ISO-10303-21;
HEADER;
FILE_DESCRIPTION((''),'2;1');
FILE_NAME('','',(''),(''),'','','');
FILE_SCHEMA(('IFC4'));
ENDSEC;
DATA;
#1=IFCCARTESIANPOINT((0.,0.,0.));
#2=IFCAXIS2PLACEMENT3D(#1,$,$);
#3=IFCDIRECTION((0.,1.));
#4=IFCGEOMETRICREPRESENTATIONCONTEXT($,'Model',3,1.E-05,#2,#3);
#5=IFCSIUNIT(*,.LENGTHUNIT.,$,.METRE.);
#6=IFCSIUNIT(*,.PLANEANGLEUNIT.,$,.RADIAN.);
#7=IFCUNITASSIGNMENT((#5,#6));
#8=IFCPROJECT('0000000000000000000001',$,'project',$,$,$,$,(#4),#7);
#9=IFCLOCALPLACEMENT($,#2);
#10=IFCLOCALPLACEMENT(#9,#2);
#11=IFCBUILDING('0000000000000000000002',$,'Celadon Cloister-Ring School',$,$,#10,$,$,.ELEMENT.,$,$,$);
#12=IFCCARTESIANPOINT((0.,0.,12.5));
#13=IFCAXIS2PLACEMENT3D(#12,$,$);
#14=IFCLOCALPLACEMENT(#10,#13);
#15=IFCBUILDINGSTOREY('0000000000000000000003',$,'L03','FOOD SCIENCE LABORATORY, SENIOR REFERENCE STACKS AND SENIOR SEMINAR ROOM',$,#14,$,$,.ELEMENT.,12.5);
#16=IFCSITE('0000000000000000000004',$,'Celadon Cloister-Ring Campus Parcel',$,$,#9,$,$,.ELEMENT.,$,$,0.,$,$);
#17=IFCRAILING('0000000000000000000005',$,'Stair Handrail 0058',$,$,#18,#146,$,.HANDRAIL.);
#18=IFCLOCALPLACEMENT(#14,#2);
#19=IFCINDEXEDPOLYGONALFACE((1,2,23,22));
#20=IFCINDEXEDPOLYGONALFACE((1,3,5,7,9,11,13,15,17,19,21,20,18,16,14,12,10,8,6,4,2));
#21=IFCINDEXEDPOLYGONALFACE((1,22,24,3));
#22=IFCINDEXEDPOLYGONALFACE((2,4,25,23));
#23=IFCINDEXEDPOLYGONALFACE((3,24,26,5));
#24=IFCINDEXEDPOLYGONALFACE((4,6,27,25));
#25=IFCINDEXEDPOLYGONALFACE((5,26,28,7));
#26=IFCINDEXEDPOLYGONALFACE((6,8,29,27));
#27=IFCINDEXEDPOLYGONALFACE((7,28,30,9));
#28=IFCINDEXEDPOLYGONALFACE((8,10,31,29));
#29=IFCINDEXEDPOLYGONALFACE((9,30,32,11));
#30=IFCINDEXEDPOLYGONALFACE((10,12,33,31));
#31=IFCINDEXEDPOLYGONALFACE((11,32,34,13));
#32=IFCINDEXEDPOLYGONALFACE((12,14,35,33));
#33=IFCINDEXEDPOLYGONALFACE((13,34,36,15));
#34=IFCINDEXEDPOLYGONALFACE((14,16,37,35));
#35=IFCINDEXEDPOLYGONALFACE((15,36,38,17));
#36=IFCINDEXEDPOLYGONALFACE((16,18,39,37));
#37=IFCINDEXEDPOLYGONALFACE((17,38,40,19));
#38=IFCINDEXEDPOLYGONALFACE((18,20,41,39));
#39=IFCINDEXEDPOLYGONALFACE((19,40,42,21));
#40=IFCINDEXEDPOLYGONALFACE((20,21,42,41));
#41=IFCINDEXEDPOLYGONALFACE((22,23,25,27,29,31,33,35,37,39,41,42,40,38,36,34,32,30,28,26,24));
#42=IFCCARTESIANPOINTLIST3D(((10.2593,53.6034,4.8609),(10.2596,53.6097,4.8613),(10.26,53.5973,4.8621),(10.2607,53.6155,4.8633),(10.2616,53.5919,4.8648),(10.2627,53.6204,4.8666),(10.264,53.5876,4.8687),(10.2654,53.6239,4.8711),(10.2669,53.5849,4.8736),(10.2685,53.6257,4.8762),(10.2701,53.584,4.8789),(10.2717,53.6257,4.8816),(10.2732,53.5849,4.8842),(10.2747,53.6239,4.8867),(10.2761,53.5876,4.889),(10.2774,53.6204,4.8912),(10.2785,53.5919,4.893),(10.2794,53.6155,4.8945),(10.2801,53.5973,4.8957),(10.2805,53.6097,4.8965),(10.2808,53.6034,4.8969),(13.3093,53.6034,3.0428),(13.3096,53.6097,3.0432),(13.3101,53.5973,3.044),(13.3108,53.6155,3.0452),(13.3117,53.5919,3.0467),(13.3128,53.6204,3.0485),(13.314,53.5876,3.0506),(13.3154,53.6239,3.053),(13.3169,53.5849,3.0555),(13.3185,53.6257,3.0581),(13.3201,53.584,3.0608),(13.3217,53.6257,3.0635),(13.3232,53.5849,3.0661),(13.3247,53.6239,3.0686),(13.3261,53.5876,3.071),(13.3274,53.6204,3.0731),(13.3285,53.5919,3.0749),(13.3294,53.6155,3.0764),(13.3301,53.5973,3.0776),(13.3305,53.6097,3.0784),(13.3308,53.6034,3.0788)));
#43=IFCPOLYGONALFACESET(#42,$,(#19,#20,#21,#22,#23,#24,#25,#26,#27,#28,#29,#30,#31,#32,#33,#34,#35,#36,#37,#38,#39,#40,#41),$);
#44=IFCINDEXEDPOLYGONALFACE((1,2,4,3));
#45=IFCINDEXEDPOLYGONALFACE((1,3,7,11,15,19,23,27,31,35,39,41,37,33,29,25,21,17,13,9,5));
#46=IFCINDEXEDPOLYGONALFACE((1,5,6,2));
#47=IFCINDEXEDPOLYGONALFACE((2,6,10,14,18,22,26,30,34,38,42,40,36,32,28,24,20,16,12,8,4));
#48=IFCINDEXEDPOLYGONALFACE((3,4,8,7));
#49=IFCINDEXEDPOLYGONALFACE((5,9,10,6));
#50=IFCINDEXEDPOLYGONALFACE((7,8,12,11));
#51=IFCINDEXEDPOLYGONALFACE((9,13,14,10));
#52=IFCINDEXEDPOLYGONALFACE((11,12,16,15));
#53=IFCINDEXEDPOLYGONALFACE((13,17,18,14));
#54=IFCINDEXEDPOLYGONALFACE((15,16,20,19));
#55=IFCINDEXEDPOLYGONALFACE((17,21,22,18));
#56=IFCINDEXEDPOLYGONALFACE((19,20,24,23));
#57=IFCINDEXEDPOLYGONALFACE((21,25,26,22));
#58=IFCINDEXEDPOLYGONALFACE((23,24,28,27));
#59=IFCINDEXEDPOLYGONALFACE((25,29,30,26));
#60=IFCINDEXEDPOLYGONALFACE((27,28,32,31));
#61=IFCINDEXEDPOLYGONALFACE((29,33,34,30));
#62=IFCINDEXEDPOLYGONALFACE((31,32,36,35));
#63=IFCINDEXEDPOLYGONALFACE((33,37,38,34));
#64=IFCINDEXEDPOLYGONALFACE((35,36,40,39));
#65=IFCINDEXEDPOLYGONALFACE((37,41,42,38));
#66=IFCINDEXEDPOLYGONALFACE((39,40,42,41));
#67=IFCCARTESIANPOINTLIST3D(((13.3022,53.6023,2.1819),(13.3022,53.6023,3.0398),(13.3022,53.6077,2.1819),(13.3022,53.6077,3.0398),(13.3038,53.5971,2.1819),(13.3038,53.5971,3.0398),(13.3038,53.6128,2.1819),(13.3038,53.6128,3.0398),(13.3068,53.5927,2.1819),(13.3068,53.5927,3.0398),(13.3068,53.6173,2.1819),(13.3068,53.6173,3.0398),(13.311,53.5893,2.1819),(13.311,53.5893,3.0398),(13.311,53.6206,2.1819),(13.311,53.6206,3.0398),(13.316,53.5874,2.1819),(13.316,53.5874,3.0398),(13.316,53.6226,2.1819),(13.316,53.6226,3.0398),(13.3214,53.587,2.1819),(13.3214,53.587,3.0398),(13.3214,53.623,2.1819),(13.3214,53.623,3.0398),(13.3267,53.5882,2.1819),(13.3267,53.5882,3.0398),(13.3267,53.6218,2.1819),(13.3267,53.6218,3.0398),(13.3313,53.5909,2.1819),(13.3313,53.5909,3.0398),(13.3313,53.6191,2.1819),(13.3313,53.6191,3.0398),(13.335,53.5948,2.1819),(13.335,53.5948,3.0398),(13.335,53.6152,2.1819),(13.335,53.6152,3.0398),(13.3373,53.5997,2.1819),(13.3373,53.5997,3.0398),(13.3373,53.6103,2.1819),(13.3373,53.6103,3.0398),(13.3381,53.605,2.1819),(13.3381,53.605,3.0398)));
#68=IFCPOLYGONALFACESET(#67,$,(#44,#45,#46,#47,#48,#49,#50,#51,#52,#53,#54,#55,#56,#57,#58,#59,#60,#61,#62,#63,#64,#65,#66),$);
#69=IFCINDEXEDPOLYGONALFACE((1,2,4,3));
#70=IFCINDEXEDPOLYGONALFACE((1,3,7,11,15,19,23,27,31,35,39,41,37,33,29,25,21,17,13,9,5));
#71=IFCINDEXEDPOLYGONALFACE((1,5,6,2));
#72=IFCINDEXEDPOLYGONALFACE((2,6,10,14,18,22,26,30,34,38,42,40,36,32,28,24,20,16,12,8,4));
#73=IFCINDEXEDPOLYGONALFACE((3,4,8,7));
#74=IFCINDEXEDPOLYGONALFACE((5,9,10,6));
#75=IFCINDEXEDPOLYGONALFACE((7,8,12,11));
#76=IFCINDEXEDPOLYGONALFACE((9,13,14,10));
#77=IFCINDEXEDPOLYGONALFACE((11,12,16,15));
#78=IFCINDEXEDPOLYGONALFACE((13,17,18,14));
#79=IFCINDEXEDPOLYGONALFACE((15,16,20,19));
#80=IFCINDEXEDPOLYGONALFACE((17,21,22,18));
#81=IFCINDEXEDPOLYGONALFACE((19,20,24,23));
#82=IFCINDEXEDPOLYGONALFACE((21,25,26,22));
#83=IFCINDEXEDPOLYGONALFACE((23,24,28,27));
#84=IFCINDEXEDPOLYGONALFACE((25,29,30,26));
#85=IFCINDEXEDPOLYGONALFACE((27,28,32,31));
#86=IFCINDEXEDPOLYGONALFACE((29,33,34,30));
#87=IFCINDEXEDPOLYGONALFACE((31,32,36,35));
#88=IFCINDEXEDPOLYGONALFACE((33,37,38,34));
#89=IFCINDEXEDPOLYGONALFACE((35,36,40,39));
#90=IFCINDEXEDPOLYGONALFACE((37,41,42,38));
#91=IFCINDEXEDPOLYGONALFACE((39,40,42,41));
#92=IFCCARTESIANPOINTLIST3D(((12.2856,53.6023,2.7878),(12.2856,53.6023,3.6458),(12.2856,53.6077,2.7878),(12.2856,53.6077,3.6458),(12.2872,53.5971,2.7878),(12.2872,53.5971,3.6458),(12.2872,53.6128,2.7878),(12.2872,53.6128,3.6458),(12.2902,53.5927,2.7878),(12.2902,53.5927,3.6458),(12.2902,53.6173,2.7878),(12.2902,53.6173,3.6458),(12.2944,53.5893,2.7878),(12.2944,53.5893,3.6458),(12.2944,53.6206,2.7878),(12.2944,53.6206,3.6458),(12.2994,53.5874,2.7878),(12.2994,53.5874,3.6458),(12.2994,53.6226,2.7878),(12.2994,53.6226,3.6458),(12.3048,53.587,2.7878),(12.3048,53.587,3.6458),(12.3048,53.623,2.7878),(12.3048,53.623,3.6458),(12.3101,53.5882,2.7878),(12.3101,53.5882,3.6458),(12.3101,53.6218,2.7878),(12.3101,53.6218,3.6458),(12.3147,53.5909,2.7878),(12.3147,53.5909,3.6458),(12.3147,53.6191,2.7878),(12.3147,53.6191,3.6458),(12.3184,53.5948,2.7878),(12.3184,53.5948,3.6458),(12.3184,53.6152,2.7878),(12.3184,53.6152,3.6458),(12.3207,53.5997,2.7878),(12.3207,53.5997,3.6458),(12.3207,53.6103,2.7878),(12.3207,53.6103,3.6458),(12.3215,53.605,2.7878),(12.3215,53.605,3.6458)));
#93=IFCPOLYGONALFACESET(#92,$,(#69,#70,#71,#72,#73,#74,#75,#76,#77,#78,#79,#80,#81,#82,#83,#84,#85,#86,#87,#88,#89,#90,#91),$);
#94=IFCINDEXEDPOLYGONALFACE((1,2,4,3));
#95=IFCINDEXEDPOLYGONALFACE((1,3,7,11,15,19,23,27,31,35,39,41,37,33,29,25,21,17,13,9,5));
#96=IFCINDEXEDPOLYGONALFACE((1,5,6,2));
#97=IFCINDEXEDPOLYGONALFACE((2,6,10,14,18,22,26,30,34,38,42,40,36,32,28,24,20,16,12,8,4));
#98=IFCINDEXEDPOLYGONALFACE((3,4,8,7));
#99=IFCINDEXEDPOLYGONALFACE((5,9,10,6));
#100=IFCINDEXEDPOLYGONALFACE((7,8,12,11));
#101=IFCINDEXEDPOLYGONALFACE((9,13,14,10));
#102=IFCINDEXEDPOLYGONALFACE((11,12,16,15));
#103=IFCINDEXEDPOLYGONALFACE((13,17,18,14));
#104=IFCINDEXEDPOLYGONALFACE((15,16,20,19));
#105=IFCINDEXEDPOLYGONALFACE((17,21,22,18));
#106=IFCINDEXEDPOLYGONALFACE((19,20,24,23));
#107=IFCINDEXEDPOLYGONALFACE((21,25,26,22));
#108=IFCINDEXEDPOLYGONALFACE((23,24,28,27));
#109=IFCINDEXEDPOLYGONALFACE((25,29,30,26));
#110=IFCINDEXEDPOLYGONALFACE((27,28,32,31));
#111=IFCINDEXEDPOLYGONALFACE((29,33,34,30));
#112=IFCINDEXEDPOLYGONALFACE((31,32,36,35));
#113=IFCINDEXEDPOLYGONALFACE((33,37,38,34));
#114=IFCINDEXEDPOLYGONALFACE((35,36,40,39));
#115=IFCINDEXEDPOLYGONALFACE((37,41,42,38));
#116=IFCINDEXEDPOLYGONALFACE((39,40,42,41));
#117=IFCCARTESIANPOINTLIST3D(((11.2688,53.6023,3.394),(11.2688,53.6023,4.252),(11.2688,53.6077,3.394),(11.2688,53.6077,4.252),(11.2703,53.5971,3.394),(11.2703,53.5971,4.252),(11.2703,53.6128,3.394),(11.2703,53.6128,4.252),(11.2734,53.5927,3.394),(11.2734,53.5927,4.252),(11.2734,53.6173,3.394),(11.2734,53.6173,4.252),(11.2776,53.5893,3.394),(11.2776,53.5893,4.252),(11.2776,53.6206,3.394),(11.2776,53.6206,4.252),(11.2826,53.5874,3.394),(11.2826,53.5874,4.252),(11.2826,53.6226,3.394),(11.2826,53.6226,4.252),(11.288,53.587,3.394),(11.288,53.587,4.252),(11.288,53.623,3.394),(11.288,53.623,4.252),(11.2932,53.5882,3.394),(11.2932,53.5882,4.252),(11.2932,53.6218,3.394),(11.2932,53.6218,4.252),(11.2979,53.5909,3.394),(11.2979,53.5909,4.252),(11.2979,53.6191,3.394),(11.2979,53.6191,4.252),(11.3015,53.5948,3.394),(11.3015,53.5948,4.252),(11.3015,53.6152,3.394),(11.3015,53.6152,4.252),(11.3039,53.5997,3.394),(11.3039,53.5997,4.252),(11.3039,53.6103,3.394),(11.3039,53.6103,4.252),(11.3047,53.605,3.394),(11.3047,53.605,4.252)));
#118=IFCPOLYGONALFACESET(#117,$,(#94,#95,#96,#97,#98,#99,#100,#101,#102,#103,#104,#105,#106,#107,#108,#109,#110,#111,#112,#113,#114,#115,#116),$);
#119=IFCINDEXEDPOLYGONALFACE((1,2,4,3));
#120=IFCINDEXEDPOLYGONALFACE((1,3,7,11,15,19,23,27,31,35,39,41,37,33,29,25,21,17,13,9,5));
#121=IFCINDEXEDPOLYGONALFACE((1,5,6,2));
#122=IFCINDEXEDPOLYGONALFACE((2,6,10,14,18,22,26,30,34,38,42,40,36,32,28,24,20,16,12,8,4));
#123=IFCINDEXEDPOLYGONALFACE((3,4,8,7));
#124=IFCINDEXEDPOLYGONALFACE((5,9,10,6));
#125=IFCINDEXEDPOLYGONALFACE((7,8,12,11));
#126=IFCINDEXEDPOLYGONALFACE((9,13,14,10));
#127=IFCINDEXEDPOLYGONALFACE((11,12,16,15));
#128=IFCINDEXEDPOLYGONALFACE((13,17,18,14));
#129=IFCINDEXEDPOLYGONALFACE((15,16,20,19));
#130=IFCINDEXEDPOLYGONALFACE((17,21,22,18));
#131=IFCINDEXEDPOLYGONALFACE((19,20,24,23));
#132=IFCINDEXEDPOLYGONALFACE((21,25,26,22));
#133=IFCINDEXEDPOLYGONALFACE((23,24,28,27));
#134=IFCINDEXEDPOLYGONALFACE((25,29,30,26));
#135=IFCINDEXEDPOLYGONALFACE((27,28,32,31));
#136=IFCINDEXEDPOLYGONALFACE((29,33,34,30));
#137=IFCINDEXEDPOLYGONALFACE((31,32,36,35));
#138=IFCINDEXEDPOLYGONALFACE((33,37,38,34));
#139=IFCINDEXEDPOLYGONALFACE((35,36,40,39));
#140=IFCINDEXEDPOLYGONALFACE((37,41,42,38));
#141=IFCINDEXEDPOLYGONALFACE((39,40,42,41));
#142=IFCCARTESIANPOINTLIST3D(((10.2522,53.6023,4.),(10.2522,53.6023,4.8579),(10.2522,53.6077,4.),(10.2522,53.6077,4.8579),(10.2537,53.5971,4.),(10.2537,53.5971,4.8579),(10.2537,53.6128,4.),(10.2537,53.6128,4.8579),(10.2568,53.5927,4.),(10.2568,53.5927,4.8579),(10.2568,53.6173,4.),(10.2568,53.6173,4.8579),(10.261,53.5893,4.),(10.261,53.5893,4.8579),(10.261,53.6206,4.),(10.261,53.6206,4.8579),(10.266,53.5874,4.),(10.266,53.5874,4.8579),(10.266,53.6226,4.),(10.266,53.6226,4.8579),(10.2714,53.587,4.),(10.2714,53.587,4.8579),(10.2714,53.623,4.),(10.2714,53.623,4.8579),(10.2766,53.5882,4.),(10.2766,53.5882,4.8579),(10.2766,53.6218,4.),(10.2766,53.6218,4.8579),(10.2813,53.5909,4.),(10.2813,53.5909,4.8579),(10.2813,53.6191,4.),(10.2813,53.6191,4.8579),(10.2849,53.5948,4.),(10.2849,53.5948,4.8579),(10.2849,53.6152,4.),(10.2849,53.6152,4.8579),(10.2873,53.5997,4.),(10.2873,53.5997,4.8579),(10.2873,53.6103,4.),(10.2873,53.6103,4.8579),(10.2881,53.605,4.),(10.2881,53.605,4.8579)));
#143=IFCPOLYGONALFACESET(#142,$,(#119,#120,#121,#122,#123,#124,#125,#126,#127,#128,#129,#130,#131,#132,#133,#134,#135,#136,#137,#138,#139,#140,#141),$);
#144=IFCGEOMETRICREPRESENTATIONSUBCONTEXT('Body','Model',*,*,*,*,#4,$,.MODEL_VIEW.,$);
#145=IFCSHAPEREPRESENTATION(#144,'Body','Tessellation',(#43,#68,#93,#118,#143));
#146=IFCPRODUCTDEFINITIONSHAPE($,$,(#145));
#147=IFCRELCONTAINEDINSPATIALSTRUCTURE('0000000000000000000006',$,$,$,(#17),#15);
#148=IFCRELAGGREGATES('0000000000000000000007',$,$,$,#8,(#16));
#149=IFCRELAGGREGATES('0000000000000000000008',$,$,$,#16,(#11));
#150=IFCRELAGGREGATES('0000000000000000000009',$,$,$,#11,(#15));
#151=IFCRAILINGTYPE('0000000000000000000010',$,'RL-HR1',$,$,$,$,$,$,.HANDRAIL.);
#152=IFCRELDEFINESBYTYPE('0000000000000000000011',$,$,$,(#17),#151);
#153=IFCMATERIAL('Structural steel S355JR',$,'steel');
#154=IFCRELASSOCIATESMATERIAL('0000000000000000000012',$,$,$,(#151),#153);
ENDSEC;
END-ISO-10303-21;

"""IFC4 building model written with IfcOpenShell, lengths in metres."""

from ifc_helpers import new_model, si_unit, direction, frame, origin, origin_2d, place, context, subcontext, project, spatial, circle, extrude, material, type_object, element, save


model = new_model("IFC4")

# Units and contexts
model_context = context("Model", 3, precision=1e-05, world=origin(), true_north=direction((0.0, 1.0)))
body_context = subcontext(model_context, "Body", "Model", "MODEL_VIEW")
ifc_project = project(units=[si_unit("LENGTHUNIT", "METRE"), si_unit("PLANEANGLEUNIT", "RADIAN")], contexts=[model_context])

# Site, building, storey
site_placement = place(None, origin())
site = spatial("IfcSite", under=ifc_project, at=site_placement, Name="Celadon Cloister-Ring Campus Parcel", CompositionType="ELEMENT", RefElevation=0.0)
building_placement = place(site_placement, origin())
building = spatial("IfcBuilding", under=site, at=building_placement, Name="Celadon Cloister-Ring School", CompositionType="ELEMENT")
storey_placement = place(building_placement, frame((0.0, 0.0, 12.5)))
storey = spatial("IfcBuildingStorey", under=building, at=storey_placement, Name="L03", Description="FOOD SCIENCE LABORATORY, SENIOR REFERENCE STACKS AND SENIOR SEMINAR ROOM", CompositionType="ELEMENT", Elevation=12.5)

# Railing
ifc_material_1 = material(Name="Structural steel S355JR", Category="steel")
railing_type_1 = type_object("IfcRailingType", Name="RL-HR1", PredefinedType="HANDRAIL", material=ifc_material_1)
for number, where, name in (
    (1, (13.3201, 53.605, 2.1819), "Stair Handrail 0058"),
):
    element("IfcRailing", number, at=place(storey_placement, frame(where)), inside=storey, type_object=railing_type_1, Name=name, PredefinedType="HANDRAIL", context=body_context, shape_type="SweptSolid", body=[
        extrude(circle(Radius=0.021, at=origin_2d()), frame((0.0, 0.0, 0.8789), z_axis=(-0.85897, 0.0, 0.512026), x_axis=(0.0, -1.0, 0.0)), (0.0, 0.0, 1.0), 3.5508),
        extrude(circle(Radius=0.0181, at=origin_2d()), origin(), (0.0, 0.0, 1.0), 0.8579),
        extrude(circle(Radius=0.0181, at=origin_2d()), frame((-1.0166, 0.0, 0.606)), (0.0, 0.0, 1.0), 0.8579),
        extrude(circle(Radius=0.0181, at=origin_2d()), frame((-2.0334, 0.0, 1.2122)), (0.0, 0.0, 1.0), 0.8579),
        extrude(circle(Radius=0.0181, at=origin_2d()), frame((-3.05, 0.0, 1.8181)), (0.0, 0.0, 1.0), 0.8579),
    ])

save(model, "model.ifc")
